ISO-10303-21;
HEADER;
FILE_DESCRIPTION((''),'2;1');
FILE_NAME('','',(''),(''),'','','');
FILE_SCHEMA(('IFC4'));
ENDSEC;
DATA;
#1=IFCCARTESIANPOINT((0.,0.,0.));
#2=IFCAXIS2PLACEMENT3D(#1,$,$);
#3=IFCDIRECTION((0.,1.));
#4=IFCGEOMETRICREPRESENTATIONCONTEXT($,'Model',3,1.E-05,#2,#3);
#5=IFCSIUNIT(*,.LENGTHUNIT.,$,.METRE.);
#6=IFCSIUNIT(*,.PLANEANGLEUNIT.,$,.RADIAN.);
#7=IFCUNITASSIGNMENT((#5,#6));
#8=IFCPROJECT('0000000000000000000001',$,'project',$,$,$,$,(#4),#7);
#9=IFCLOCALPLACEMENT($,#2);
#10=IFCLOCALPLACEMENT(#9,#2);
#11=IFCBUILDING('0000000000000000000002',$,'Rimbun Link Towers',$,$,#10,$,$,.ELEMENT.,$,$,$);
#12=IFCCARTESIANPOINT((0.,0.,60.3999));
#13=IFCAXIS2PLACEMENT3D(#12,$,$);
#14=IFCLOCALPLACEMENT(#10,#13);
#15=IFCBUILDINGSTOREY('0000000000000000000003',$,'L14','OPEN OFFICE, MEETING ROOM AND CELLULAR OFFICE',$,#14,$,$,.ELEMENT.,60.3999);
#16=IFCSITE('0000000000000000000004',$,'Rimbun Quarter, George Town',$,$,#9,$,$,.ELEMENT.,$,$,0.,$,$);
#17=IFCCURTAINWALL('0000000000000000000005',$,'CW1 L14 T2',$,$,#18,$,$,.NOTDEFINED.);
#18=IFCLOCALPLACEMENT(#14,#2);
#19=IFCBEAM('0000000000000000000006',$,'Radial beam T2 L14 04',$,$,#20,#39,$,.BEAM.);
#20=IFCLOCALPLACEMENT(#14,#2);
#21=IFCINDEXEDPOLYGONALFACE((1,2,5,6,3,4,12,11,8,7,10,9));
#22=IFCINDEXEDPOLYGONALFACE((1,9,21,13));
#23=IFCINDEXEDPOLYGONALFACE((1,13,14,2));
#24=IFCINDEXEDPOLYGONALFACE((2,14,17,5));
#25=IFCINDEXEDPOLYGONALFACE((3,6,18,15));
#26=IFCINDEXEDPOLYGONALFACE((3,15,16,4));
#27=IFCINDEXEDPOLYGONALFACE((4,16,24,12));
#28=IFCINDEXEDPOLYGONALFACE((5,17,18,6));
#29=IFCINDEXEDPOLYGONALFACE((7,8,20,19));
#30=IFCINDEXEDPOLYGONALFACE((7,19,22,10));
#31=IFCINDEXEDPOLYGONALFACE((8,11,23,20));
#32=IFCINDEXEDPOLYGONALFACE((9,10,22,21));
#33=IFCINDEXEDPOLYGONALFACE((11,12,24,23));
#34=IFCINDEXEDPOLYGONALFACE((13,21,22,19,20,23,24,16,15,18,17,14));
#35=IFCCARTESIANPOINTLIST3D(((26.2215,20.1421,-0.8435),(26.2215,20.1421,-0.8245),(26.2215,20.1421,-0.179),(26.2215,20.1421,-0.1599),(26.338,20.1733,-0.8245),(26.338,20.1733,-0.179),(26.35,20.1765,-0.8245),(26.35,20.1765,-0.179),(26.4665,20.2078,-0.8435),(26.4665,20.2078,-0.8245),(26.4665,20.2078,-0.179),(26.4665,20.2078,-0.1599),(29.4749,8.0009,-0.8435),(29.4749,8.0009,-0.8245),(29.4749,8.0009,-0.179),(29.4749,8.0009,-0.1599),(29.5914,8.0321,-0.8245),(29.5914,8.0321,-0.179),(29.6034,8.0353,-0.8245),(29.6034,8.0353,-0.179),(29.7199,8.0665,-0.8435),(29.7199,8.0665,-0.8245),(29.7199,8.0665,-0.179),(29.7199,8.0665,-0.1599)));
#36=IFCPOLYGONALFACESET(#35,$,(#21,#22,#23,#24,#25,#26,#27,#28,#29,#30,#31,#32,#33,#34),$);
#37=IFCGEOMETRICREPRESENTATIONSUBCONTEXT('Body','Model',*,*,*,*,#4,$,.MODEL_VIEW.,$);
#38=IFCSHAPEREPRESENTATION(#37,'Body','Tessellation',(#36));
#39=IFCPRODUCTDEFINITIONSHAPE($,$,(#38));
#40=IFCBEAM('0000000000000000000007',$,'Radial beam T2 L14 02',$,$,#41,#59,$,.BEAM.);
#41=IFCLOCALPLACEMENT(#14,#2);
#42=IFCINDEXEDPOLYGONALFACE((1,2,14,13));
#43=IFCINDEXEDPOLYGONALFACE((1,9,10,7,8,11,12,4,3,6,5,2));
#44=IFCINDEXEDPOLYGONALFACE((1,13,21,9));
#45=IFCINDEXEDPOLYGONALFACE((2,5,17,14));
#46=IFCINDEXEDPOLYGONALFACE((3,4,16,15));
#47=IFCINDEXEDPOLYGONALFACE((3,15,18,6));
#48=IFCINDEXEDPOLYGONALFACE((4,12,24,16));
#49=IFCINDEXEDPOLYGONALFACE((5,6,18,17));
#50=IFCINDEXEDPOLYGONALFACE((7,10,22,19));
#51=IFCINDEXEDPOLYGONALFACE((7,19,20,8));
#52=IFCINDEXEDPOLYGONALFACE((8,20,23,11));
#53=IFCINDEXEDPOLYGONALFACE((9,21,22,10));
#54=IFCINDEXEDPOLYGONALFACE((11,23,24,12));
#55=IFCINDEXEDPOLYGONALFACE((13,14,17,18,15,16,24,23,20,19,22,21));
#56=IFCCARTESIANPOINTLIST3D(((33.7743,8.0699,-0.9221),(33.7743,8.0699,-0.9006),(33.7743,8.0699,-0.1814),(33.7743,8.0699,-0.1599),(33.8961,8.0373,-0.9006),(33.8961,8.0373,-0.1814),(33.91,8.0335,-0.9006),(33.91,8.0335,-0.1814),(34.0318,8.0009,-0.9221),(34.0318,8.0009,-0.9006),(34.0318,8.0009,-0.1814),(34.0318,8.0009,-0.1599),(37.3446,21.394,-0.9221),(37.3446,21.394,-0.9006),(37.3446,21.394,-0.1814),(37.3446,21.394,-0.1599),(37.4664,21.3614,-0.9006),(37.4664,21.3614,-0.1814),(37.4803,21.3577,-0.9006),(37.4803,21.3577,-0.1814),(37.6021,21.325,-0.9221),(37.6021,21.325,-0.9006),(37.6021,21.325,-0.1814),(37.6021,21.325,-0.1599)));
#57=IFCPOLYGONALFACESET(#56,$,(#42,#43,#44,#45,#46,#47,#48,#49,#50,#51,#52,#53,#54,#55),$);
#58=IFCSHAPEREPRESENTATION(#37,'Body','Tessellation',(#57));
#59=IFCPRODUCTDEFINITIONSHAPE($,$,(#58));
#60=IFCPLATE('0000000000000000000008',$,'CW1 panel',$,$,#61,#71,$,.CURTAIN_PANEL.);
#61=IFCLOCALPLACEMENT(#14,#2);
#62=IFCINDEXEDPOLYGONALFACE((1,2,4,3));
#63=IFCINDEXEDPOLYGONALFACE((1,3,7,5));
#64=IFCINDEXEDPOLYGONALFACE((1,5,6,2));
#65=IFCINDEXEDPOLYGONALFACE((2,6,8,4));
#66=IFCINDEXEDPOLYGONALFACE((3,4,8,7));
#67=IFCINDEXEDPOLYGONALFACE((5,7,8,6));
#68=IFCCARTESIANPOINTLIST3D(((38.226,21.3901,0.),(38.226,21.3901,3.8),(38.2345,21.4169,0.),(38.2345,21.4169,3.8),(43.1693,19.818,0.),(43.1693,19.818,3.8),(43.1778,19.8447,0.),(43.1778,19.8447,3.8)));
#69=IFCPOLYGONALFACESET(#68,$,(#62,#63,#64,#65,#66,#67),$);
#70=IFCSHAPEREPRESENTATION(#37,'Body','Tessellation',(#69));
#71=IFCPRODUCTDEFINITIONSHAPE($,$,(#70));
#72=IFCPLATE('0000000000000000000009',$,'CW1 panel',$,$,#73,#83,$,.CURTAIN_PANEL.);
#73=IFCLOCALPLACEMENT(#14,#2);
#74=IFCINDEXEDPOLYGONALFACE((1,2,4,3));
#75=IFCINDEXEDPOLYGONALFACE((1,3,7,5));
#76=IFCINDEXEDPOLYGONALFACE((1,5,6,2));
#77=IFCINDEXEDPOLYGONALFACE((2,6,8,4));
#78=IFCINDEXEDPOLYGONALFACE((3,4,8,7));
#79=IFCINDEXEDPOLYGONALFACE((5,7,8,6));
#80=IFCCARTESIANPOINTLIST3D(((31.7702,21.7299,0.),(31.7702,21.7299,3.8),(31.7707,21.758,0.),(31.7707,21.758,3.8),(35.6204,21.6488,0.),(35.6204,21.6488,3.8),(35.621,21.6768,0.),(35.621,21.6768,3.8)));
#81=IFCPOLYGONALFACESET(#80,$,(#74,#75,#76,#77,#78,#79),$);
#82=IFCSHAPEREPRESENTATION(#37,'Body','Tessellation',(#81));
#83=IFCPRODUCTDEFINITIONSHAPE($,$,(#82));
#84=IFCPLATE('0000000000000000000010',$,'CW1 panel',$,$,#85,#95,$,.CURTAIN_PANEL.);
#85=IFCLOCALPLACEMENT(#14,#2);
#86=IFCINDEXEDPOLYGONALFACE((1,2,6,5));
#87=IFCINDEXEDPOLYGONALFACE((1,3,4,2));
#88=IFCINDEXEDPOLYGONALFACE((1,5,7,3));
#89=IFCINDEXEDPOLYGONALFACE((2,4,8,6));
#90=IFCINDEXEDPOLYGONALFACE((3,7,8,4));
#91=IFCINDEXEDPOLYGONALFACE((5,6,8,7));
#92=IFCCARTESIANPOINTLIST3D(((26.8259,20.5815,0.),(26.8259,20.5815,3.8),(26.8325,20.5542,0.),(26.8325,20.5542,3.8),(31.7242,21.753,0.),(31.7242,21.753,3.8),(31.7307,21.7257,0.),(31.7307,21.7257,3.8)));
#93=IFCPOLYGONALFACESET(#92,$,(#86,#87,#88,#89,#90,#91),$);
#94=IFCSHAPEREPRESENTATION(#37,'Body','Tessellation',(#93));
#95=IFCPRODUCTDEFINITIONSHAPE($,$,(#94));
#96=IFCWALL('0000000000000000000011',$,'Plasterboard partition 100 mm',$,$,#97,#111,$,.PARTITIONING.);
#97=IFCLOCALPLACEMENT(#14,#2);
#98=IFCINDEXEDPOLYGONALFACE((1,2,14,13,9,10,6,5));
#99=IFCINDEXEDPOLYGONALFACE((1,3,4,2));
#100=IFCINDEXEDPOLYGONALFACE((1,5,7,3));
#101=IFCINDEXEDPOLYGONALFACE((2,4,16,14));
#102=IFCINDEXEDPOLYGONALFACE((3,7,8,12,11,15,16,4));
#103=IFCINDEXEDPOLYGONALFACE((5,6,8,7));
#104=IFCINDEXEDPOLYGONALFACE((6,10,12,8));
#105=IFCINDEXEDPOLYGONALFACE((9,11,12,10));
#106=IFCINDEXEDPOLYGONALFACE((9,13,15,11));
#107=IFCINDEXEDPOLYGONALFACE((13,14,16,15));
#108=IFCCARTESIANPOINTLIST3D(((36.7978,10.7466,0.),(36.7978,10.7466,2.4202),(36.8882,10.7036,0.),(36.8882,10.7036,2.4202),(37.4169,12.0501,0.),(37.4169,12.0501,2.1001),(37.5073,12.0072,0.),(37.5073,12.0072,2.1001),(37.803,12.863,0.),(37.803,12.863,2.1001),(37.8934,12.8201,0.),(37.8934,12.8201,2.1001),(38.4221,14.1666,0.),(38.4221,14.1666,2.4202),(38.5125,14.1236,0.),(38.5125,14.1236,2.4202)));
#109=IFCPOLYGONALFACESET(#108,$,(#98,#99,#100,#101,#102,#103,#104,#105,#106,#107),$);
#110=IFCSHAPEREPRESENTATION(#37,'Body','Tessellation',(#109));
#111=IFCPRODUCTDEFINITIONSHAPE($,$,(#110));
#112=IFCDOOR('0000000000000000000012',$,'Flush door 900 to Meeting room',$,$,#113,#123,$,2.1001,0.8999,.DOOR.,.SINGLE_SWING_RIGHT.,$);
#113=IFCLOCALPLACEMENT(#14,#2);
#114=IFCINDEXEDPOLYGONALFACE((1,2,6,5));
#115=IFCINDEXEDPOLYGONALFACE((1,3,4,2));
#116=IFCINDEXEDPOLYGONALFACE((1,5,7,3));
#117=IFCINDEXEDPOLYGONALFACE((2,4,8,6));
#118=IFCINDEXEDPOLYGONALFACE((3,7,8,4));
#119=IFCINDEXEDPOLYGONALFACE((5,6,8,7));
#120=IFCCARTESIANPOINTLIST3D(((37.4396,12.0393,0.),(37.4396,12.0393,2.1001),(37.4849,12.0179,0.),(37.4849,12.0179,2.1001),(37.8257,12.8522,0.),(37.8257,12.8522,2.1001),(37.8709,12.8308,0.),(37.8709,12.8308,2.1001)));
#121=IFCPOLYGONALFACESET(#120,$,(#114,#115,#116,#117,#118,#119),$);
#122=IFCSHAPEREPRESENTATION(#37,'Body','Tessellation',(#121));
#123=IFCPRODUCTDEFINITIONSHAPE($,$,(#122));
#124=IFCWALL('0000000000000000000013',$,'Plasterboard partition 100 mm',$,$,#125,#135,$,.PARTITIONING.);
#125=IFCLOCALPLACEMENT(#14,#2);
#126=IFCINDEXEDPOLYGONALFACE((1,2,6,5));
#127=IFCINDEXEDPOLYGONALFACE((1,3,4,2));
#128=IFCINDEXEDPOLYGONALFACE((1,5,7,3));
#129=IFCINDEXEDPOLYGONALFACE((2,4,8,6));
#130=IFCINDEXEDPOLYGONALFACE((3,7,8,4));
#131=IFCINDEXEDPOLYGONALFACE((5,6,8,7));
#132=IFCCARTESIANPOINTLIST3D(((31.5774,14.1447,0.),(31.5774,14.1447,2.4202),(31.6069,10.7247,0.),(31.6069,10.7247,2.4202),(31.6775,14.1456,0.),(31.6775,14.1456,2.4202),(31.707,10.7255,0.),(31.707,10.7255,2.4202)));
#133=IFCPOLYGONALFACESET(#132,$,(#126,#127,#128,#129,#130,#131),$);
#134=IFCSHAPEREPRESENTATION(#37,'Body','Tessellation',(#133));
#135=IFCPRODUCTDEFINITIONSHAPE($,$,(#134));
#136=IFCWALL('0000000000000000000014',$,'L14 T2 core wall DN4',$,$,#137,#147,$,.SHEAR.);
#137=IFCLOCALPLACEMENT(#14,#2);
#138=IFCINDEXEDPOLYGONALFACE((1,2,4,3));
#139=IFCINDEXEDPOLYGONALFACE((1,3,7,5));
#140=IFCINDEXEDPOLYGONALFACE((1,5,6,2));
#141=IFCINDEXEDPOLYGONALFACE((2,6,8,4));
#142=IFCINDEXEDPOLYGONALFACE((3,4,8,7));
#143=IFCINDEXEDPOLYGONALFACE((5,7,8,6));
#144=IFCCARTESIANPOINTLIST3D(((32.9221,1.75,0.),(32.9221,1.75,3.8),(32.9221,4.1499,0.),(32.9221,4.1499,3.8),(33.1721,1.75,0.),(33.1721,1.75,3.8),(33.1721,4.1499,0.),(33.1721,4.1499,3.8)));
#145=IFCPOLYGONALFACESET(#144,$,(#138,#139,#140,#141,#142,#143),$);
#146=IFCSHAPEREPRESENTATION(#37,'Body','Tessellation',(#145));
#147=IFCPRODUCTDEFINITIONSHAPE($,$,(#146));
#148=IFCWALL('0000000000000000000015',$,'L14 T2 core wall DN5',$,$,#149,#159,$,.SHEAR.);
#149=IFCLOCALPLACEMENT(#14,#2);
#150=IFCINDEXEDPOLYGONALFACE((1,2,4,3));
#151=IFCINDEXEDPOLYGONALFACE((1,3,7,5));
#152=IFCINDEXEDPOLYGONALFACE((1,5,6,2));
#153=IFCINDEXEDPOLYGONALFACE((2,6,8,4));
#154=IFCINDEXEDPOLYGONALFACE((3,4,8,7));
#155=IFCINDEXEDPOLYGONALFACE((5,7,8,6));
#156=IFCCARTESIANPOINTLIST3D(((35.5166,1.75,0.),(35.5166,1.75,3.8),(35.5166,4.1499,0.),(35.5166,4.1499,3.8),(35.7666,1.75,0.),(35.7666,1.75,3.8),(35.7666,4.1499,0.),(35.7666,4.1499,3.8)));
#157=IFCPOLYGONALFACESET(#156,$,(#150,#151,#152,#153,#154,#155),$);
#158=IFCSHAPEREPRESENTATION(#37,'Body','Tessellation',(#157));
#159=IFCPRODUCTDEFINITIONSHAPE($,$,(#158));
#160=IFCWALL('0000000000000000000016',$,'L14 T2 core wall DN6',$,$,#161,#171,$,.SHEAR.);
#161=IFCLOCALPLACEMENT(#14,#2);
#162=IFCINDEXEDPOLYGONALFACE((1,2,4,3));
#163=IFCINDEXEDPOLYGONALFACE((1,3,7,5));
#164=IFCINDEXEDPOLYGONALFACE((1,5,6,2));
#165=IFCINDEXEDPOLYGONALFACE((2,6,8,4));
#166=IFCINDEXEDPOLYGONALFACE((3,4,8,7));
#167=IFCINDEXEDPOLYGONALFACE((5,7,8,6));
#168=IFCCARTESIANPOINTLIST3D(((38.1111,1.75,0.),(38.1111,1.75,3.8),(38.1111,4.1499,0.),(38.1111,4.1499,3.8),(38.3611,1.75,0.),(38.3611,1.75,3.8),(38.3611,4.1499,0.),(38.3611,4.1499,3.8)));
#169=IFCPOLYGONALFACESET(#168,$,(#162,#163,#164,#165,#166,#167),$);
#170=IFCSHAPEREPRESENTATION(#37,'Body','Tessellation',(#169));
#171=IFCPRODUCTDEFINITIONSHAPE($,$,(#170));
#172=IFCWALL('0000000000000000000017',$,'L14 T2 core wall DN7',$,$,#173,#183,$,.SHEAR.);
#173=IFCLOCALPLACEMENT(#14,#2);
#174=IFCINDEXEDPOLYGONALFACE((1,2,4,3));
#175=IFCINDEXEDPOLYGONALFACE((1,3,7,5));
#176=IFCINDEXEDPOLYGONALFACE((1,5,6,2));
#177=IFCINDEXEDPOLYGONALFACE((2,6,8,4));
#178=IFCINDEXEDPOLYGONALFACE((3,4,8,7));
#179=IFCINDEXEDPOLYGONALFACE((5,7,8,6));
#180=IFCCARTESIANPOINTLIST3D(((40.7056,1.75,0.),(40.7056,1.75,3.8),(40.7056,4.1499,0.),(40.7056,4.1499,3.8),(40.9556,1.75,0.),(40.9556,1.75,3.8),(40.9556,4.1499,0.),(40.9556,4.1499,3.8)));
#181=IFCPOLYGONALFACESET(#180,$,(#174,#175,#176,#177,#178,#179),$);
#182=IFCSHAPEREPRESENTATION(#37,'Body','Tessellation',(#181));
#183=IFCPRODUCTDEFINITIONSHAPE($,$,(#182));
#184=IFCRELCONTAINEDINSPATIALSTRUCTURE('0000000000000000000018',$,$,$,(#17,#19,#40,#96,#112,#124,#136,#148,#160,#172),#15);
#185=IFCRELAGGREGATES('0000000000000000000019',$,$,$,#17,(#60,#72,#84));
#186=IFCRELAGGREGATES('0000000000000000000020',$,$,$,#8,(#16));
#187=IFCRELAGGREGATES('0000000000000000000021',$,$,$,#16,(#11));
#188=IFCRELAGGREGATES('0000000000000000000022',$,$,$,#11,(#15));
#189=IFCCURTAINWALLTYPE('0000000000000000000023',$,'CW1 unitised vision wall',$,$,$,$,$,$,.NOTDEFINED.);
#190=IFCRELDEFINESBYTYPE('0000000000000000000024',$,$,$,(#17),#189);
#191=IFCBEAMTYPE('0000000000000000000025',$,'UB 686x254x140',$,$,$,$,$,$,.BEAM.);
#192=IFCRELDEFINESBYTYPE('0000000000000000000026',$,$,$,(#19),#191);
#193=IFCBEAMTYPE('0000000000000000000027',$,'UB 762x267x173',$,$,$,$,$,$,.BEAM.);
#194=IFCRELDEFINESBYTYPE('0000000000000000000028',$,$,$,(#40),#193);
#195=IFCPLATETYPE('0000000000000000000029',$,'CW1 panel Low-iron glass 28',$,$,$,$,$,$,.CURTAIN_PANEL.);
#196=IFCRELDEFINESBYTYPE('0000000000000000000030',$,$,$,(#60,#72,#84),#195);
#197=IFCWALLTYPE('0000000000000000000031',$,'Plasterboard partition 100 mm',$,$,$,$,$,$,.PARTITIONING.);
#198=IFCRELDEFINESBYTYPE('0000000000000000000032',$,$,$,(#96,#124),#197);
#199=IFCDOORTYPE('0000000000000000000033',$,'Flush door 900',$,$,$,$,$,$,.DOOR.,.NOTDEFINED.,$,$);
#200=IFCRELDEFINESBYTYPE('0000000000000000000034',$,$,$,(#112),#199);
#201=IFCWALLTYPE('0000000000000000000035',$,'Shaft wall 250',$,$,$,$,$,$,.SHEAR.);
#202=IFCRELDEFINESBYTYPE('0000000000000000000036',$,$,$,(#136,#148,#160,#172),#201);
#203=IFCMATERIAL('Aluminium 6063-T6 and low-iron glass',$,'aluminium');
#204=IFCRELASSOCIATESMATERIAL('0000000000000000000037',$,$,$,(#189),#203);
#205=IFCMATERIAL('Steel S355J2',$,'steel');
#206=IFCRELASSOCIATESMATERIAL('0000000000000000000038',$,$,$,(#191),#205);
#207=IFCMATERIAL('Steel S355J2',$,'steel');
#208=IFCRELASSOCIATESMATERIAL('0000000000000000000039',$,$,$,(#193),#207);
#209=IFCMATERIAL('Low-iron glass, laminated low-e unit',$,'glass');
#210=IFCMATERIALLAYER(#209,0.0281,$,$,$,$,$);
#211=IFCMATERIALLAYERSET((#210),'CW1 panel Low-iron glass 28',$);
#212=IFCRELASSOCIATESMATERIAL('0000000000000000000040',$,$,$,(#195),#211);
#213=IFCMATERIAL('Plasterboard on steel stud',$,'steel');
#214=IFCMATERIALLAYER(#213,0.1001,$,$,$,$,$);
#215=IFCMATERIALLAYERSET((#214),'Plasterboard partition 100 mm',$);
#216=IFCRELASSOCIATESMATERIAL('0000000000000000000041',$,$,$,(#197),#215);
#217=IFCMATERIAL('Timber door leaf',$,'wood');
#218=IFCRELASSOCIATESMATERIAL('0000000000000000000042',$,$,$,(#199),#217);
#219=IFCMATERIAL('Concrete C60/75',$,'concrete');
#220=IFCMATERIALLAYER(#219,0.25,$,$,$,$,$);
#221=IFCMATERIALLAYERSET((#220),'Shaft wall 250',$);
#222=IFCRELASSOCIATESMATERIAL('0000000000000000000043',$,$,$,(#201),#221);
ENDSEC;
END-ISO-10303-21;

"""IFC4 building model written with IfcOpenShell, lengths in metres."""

from ifc_helpers import new_model, si_unit, direction, frame, frame_2d, origin, origin_2d, place, context, subcontext, project, spatial, rectangle, i_section, extrude, material, layer, layer_set, material_profile, profile_set, type_object, element, fill, aggregate, save


model = new_model("IFC4")

# Units and contexts
model_context = context("Model", 3, precision=1e-05, world=origin(), true_north=direction((0.0, 1.0)))
body_context = subcontext(model_context, "Body", "Model", "MODEL_VIEW")
ifc_project = project(units=[si_unit("LENGTHUNIT", "METRE"), si_unit("PLANEANGLEUNIT", "RADIAN")], contexts=[model_context])

# Site, building, storey
site_placement = place(None, origin())
site = spatial("IfcSite", under=ifc_project, at=site_placement, Name="Rimbun Quarter, George Town", CompositionType="ELEMENT", RefElevation=0.0)
building_placement = place(site_placement, origin())
building = spatial("IfcBuilding", under=site, at=building_placement, Name="Rimbun Link Towers", CompositionType="ELEMENT")
storey_placement = place(building_placement, frame((0.0, 0.0, 60.3999)))
storey = spatial("IfcBuildingStorey", under=building, at=storey_placement, Name="L14", Description="OPEN OFFICE, MEETING ROOM AND CELLULAR OFFICE", CompositionType="ELEMENT", Elevation=60.3999)

# Curtain wall
ifc_material_1 = material(Name="Aluminium 6063-T6 and low-iron glass", Category="aluminium")
curtain_wall_type = type_object("IfcCurtainWallType", Name="CW1 unitised vision wall", PredefinedType="NOTDEFINED", material=ifc_material_1)
curtain_wall_placement = place(storey_placement, origin())
curtain_wall = element("IfcCurtainWall", 1, at=curtain_wall_placement, inside=storey, type_object=curtain_wall_type, Name="CW1 L14 T2", PredefinedType="NOTDEFINED")

# Beams
ifc_material_2 = material(Name="Steel S355J2", Category="steel")
ifc_material_profile_1 = material_profile(ifc_material_2, i_section(OverallWidth=0.2537, OverallDepth=0.6836, WebThickness=0.0125, FlangeThickness=0.019, at=origin_2d()), Name="UB 686x254x140")
ifc_profile_set_1 = profile_set([ifc_material_profile_1], Name="Steel S355J2")
beam_type_1 = type_object("IfcBeamType", Name="UB 686x254x140", PredefinedType="BEAM", material=ifc_profile_set_1)
beam_1_placement = place(storey_placement, frame((29.5974, 8.0337, -0.5017), z_axis=(-0.25883, 0.965923, 0.0), x_axis=(-0.965923, -0.25883, 0.0)))
element("IfcBeam", 2, at=beam_1_placement, inside=storey, type_object=beam_type_1, Name="Radial beam T2 L14 04", PredefinedType="BEAM", context=body_context, shape_type="SweptSolid", body=[
    extrude(i_section(OverallWidth=0.2537, OverallDepth=0.6836, WebThickness=0.0125, FlangeThickness=0.019, at=origin_2d()), origin(), (0.0, 0.0, 1.0), 12.5696),
])
ifc_material_3 = material(Name="Steel S355J2", Category="steel")
ifc_material_profile_2 = material_profile(ifc_material_3, i_section(OverallWidth=0.2666, OverallDepth=0.7622, WebThickness=0.0144, FlangeThickness=0.0215, at=origin_2d()), Name="UB 762x267x173")
ifc_profile_set_2 = profile_set([ifc_material_profile_2], Name="Steel S355J2")
beam_type_2 = type_object("IfcBeamType", Name="UB 762x267x173", PredefinedType="BEAM", material=ifc_profile_set_2)
beam_2_placement = place(storey_placement, frame((33.9031, 8.0354, -0.541), z_axis=(0.258826, 0.965924, 0.0), x_axis=(-0.965924, 0.258826, 0.0)))
element("IfcBeam", 3, at=beam_2_placement, inside=storey, type_object=beam_type_2, Name="Radial beam T2 L14 02", PredefinedType="BEAM", context=body_context, shape_type="SweptSolid", body=[
    extrude(i_section(OverallWidth=0.2666, OverallDepth=0.7622, WebThickness=0.0144, FlangeThickness=0.0215, at=origin_2d()), origin(), (0.0, 0.0, 1.0), 13.7942),
])

# Plates
ifc_material_4 = material(Name="Low-iron glass, laminated low-e unit", Category="glass")
ifc_layer_1 = layer(ifc_material_4, 0.0281)
ifc_layer_set_1 = layer_set([ifc_layer_1], Name="CW1 panel Low-iron glass 28")
plate_type = type_object("IfcPlateType", Name="CW1 panel Low-iron glass 28", PredefinedType="CURTAIN_PANEL", material=ifc_layer_set_1)
plate_1_placement = place(storey_placement, frame((40.7019, 20.6174, 0.0), z_axis=(0.0, 0.0, 1.0), x_axis=(0.952967, -0.303073, 0.0)))
plate_1 = element("IfcPlate", 4, at=plate_1_placement, type_object=plate_type, Name="CW1 panel", PredefinedType="CURTAIN_PANEL", context=body_context, shape_type="SweptSolid", body=[
    extrude(rectangle(XDim=5.1873, YDim=0.0281, at=origin_2d()), origin(), (0.0, 0.0, 1.0), 3.8),
])
plate_2_placement = place(storey_placement, frame((33.6956, 21.7034, 0.0), z_axis=(0.0, 0.0, 1.0), x_axis=(0.999778, -0.021066, 0.0)))
plate_2 = element("IfcPlate", 5, at=plate_2_placement, type_object=plate_type, Name="CW1 panel", PredefinedType="CURTAIN_PANEL", context=body_context, shape_type="SweptSolid", body=[
    extrude(rectangle(XDim=3.8511, YDim=0.0281, at=origin_2d()), origin(), (0.0, 0.0, 1.0), 3.8),
])
plate_3_placement = place(storey_placement, frame((29.2783, 21.1536, 0.0), z_axis=(0.0, 0.0, 1.0), x_axis=(0.972572, 0.232603, 0.0)))
plate_3 = element("IfcPlate", 6, at=plate_3_placement, type_object=plate_type, Name="CW1 panel", PredefinedType="CURTAIN_PANEL", context=body_context, shape_type="SweptSolid", body=[
    extrude(rectangle(XDim=5.0364, YDim=0.0281, at=origin_2d()), origin(), (0.0, 0.0, 1.0), 3.8),
])
aggregate(curtain_wall, [plate_1, plate_2, plate_3])

# Wall, opening, door
ifc_material_5 = material(Name="Plasterboard on steel stud", Category="steel")
ifc_layer_2 = layer(ifc_material_5, 0.1001)
ifc_layer_set_2 = layer_set([ifc_layer_2], Name="Plasterboard partition 100 mm")
wall_type_1 = type_object("IfcWallType", Name="Plasterboard partition 100 mm", PredefinedType="PARTITIONING", material=ifc_layer_set_2)
wall_1_placement = place(storey_placement, frame((36.843, 10.7251, 0.0), z_axis=(0.0, 0.0, 1.0), x_axis=(0.429015, 0.903297, 0.0)))
wall_1 = element("IfcWall", 7, at=wall_1_placement, inside=storey, type_object=wall_type_1, Name="Plasterboard partition 100 mm", PredefinedType="PARTITIONING", context=body_context, shape_type="SweptSolid", body=[
    extrude(rectangle(XDim=3.7861, YDim=0.1001, at=frame_2d((1.8931, 0.0))), origin(), (0.0, 0.0, 1.0), 2.4202),
])
opening_1_placement = place(wall_1_placement, frame((1.4431, 0.0, 0.0)))
opening_1 = element("IfcOpeningElement", 8, at=opening_1_placement, cuts=wall_1, PredefinedType="OPENING", context=body_context, shape_type="SweptSolid", body=[
    extrude(rectangle(XDim=0.8999, YDim=2.1001, at=frame_2d((0.45, 1.05))), frame((0.0, 0.0601, 0.0), z_axis=(0.0, -1.0, 0.0), x_axis=(1.0, 0.0, 0.0)), (0.0, 0.0, 1.0), 0.1201),
])
ifc_material_6 = material(Name="Timber door leaf", Category="wood")
door_type_1 = type_object("IfcDoorType", Name="Flush door 900", OperationType="NOTDEFINED", PredefinedType="DOOR", material=ifc_material_6)
door_1_placement = place(opening_1_placement, origin())
door_1 = element("IfcDoor", 9, at=door_1_placement, inside=storey, type_object=door_type_1, Name="Flush door 900 to Meeting room", OperationType="SINGLE_SWING_RIGHT", OverallHeight=2.1001, OverallWidth=0.8999, PredefinedType="DOOR", context=body_context, shape_type="SweptSolid", body=[
    extrude(rectangle(XDim=0.8999, YDim=2.1001, at=frame_2d((0.45, 1.05))), frame((0.0, 0.0249, 0.0), z_axis=(0.0, -1.0, 0.0), x_axis=(1.0, 0.0, 0.0)), (0.0, 0.0, 1.0), 0.05),
])
fill(opening_1, door_1)

# Walls
wall_2_placement = place(storey_placement, frame((31.6274, 14.145, 0.0), z_axis=(0.0, 0.0, 1.0), x_axis=(0.008638, -0.999963, 0.0)))
element("IfcWall", 10, at=wall_2_placement, inside=storey, type_object=wall_type_1, Name="Plasterboard partition 100 mm", PredefinedType="PARTITIONING", context=body_context, shape_type="SweptSolid", body=[
    extrude(rectangle(XDim=3.4202, YDim=0.1001, at=frame_2d((1.71, 0.0))), origin(), (0.0, 0.0, 1.0), 2.4202),
])
ifc_material_7 = material(Name="Concrete C60/75", Category="concrete")
ifc_layer_3 = layer(ifc_material_7, 0.25)
ifc_layer_set_3 = layer_set([ifc_layer_3], Name="Shaft wall 250")
wall_type_2 = type_object("IfcWallType", Name="Shaft wall 250", PredefinedType="SHEAR", material=ifc_layer_set_3)
for number, where, z_axis, x_axis, name in (
    (11, (33.0471, 1.75, 0.0), (0.0, 0.0, 1.0), (0.0, 1.0, 0.0), "L14 T2 core wall DN4"),
    (12, (35.6416, 1.75, 0.0), (0.0, 0.0, 1.0), (0.0, 1.0, 0.0), "L14 T2 core wall DN5"),
    (13, (38.2361, 1.75, 0.0), (0.0, 0.0, 1.0), (0.0, 1.0, 0.0), "L14 T2 core wall DN6"),
    (14, (40.8306, 1.75, 0.0), (0.0, 0.0, 1.0), (0.0, 1.0, 0.0), "L14 T2 core wall DN7"),
):
    element("IfcWall", number, at=place(storey_placement, frame(where, z_axis=z_axis, x_axis=x_axis)), inside=storey, type_object=wall_type_2, Name=name, PredefinedType="SHEAR", context=body_context, shape_type="SweptSolid", body=[
        extrude(rectangle(XDim=2.3999, YDim=0.25, at=frame_2d((1.2, 0.0))), origin(), (0.0, 0.0, 1.0), 3.8),
    ])

save(model, "model.ifc")
